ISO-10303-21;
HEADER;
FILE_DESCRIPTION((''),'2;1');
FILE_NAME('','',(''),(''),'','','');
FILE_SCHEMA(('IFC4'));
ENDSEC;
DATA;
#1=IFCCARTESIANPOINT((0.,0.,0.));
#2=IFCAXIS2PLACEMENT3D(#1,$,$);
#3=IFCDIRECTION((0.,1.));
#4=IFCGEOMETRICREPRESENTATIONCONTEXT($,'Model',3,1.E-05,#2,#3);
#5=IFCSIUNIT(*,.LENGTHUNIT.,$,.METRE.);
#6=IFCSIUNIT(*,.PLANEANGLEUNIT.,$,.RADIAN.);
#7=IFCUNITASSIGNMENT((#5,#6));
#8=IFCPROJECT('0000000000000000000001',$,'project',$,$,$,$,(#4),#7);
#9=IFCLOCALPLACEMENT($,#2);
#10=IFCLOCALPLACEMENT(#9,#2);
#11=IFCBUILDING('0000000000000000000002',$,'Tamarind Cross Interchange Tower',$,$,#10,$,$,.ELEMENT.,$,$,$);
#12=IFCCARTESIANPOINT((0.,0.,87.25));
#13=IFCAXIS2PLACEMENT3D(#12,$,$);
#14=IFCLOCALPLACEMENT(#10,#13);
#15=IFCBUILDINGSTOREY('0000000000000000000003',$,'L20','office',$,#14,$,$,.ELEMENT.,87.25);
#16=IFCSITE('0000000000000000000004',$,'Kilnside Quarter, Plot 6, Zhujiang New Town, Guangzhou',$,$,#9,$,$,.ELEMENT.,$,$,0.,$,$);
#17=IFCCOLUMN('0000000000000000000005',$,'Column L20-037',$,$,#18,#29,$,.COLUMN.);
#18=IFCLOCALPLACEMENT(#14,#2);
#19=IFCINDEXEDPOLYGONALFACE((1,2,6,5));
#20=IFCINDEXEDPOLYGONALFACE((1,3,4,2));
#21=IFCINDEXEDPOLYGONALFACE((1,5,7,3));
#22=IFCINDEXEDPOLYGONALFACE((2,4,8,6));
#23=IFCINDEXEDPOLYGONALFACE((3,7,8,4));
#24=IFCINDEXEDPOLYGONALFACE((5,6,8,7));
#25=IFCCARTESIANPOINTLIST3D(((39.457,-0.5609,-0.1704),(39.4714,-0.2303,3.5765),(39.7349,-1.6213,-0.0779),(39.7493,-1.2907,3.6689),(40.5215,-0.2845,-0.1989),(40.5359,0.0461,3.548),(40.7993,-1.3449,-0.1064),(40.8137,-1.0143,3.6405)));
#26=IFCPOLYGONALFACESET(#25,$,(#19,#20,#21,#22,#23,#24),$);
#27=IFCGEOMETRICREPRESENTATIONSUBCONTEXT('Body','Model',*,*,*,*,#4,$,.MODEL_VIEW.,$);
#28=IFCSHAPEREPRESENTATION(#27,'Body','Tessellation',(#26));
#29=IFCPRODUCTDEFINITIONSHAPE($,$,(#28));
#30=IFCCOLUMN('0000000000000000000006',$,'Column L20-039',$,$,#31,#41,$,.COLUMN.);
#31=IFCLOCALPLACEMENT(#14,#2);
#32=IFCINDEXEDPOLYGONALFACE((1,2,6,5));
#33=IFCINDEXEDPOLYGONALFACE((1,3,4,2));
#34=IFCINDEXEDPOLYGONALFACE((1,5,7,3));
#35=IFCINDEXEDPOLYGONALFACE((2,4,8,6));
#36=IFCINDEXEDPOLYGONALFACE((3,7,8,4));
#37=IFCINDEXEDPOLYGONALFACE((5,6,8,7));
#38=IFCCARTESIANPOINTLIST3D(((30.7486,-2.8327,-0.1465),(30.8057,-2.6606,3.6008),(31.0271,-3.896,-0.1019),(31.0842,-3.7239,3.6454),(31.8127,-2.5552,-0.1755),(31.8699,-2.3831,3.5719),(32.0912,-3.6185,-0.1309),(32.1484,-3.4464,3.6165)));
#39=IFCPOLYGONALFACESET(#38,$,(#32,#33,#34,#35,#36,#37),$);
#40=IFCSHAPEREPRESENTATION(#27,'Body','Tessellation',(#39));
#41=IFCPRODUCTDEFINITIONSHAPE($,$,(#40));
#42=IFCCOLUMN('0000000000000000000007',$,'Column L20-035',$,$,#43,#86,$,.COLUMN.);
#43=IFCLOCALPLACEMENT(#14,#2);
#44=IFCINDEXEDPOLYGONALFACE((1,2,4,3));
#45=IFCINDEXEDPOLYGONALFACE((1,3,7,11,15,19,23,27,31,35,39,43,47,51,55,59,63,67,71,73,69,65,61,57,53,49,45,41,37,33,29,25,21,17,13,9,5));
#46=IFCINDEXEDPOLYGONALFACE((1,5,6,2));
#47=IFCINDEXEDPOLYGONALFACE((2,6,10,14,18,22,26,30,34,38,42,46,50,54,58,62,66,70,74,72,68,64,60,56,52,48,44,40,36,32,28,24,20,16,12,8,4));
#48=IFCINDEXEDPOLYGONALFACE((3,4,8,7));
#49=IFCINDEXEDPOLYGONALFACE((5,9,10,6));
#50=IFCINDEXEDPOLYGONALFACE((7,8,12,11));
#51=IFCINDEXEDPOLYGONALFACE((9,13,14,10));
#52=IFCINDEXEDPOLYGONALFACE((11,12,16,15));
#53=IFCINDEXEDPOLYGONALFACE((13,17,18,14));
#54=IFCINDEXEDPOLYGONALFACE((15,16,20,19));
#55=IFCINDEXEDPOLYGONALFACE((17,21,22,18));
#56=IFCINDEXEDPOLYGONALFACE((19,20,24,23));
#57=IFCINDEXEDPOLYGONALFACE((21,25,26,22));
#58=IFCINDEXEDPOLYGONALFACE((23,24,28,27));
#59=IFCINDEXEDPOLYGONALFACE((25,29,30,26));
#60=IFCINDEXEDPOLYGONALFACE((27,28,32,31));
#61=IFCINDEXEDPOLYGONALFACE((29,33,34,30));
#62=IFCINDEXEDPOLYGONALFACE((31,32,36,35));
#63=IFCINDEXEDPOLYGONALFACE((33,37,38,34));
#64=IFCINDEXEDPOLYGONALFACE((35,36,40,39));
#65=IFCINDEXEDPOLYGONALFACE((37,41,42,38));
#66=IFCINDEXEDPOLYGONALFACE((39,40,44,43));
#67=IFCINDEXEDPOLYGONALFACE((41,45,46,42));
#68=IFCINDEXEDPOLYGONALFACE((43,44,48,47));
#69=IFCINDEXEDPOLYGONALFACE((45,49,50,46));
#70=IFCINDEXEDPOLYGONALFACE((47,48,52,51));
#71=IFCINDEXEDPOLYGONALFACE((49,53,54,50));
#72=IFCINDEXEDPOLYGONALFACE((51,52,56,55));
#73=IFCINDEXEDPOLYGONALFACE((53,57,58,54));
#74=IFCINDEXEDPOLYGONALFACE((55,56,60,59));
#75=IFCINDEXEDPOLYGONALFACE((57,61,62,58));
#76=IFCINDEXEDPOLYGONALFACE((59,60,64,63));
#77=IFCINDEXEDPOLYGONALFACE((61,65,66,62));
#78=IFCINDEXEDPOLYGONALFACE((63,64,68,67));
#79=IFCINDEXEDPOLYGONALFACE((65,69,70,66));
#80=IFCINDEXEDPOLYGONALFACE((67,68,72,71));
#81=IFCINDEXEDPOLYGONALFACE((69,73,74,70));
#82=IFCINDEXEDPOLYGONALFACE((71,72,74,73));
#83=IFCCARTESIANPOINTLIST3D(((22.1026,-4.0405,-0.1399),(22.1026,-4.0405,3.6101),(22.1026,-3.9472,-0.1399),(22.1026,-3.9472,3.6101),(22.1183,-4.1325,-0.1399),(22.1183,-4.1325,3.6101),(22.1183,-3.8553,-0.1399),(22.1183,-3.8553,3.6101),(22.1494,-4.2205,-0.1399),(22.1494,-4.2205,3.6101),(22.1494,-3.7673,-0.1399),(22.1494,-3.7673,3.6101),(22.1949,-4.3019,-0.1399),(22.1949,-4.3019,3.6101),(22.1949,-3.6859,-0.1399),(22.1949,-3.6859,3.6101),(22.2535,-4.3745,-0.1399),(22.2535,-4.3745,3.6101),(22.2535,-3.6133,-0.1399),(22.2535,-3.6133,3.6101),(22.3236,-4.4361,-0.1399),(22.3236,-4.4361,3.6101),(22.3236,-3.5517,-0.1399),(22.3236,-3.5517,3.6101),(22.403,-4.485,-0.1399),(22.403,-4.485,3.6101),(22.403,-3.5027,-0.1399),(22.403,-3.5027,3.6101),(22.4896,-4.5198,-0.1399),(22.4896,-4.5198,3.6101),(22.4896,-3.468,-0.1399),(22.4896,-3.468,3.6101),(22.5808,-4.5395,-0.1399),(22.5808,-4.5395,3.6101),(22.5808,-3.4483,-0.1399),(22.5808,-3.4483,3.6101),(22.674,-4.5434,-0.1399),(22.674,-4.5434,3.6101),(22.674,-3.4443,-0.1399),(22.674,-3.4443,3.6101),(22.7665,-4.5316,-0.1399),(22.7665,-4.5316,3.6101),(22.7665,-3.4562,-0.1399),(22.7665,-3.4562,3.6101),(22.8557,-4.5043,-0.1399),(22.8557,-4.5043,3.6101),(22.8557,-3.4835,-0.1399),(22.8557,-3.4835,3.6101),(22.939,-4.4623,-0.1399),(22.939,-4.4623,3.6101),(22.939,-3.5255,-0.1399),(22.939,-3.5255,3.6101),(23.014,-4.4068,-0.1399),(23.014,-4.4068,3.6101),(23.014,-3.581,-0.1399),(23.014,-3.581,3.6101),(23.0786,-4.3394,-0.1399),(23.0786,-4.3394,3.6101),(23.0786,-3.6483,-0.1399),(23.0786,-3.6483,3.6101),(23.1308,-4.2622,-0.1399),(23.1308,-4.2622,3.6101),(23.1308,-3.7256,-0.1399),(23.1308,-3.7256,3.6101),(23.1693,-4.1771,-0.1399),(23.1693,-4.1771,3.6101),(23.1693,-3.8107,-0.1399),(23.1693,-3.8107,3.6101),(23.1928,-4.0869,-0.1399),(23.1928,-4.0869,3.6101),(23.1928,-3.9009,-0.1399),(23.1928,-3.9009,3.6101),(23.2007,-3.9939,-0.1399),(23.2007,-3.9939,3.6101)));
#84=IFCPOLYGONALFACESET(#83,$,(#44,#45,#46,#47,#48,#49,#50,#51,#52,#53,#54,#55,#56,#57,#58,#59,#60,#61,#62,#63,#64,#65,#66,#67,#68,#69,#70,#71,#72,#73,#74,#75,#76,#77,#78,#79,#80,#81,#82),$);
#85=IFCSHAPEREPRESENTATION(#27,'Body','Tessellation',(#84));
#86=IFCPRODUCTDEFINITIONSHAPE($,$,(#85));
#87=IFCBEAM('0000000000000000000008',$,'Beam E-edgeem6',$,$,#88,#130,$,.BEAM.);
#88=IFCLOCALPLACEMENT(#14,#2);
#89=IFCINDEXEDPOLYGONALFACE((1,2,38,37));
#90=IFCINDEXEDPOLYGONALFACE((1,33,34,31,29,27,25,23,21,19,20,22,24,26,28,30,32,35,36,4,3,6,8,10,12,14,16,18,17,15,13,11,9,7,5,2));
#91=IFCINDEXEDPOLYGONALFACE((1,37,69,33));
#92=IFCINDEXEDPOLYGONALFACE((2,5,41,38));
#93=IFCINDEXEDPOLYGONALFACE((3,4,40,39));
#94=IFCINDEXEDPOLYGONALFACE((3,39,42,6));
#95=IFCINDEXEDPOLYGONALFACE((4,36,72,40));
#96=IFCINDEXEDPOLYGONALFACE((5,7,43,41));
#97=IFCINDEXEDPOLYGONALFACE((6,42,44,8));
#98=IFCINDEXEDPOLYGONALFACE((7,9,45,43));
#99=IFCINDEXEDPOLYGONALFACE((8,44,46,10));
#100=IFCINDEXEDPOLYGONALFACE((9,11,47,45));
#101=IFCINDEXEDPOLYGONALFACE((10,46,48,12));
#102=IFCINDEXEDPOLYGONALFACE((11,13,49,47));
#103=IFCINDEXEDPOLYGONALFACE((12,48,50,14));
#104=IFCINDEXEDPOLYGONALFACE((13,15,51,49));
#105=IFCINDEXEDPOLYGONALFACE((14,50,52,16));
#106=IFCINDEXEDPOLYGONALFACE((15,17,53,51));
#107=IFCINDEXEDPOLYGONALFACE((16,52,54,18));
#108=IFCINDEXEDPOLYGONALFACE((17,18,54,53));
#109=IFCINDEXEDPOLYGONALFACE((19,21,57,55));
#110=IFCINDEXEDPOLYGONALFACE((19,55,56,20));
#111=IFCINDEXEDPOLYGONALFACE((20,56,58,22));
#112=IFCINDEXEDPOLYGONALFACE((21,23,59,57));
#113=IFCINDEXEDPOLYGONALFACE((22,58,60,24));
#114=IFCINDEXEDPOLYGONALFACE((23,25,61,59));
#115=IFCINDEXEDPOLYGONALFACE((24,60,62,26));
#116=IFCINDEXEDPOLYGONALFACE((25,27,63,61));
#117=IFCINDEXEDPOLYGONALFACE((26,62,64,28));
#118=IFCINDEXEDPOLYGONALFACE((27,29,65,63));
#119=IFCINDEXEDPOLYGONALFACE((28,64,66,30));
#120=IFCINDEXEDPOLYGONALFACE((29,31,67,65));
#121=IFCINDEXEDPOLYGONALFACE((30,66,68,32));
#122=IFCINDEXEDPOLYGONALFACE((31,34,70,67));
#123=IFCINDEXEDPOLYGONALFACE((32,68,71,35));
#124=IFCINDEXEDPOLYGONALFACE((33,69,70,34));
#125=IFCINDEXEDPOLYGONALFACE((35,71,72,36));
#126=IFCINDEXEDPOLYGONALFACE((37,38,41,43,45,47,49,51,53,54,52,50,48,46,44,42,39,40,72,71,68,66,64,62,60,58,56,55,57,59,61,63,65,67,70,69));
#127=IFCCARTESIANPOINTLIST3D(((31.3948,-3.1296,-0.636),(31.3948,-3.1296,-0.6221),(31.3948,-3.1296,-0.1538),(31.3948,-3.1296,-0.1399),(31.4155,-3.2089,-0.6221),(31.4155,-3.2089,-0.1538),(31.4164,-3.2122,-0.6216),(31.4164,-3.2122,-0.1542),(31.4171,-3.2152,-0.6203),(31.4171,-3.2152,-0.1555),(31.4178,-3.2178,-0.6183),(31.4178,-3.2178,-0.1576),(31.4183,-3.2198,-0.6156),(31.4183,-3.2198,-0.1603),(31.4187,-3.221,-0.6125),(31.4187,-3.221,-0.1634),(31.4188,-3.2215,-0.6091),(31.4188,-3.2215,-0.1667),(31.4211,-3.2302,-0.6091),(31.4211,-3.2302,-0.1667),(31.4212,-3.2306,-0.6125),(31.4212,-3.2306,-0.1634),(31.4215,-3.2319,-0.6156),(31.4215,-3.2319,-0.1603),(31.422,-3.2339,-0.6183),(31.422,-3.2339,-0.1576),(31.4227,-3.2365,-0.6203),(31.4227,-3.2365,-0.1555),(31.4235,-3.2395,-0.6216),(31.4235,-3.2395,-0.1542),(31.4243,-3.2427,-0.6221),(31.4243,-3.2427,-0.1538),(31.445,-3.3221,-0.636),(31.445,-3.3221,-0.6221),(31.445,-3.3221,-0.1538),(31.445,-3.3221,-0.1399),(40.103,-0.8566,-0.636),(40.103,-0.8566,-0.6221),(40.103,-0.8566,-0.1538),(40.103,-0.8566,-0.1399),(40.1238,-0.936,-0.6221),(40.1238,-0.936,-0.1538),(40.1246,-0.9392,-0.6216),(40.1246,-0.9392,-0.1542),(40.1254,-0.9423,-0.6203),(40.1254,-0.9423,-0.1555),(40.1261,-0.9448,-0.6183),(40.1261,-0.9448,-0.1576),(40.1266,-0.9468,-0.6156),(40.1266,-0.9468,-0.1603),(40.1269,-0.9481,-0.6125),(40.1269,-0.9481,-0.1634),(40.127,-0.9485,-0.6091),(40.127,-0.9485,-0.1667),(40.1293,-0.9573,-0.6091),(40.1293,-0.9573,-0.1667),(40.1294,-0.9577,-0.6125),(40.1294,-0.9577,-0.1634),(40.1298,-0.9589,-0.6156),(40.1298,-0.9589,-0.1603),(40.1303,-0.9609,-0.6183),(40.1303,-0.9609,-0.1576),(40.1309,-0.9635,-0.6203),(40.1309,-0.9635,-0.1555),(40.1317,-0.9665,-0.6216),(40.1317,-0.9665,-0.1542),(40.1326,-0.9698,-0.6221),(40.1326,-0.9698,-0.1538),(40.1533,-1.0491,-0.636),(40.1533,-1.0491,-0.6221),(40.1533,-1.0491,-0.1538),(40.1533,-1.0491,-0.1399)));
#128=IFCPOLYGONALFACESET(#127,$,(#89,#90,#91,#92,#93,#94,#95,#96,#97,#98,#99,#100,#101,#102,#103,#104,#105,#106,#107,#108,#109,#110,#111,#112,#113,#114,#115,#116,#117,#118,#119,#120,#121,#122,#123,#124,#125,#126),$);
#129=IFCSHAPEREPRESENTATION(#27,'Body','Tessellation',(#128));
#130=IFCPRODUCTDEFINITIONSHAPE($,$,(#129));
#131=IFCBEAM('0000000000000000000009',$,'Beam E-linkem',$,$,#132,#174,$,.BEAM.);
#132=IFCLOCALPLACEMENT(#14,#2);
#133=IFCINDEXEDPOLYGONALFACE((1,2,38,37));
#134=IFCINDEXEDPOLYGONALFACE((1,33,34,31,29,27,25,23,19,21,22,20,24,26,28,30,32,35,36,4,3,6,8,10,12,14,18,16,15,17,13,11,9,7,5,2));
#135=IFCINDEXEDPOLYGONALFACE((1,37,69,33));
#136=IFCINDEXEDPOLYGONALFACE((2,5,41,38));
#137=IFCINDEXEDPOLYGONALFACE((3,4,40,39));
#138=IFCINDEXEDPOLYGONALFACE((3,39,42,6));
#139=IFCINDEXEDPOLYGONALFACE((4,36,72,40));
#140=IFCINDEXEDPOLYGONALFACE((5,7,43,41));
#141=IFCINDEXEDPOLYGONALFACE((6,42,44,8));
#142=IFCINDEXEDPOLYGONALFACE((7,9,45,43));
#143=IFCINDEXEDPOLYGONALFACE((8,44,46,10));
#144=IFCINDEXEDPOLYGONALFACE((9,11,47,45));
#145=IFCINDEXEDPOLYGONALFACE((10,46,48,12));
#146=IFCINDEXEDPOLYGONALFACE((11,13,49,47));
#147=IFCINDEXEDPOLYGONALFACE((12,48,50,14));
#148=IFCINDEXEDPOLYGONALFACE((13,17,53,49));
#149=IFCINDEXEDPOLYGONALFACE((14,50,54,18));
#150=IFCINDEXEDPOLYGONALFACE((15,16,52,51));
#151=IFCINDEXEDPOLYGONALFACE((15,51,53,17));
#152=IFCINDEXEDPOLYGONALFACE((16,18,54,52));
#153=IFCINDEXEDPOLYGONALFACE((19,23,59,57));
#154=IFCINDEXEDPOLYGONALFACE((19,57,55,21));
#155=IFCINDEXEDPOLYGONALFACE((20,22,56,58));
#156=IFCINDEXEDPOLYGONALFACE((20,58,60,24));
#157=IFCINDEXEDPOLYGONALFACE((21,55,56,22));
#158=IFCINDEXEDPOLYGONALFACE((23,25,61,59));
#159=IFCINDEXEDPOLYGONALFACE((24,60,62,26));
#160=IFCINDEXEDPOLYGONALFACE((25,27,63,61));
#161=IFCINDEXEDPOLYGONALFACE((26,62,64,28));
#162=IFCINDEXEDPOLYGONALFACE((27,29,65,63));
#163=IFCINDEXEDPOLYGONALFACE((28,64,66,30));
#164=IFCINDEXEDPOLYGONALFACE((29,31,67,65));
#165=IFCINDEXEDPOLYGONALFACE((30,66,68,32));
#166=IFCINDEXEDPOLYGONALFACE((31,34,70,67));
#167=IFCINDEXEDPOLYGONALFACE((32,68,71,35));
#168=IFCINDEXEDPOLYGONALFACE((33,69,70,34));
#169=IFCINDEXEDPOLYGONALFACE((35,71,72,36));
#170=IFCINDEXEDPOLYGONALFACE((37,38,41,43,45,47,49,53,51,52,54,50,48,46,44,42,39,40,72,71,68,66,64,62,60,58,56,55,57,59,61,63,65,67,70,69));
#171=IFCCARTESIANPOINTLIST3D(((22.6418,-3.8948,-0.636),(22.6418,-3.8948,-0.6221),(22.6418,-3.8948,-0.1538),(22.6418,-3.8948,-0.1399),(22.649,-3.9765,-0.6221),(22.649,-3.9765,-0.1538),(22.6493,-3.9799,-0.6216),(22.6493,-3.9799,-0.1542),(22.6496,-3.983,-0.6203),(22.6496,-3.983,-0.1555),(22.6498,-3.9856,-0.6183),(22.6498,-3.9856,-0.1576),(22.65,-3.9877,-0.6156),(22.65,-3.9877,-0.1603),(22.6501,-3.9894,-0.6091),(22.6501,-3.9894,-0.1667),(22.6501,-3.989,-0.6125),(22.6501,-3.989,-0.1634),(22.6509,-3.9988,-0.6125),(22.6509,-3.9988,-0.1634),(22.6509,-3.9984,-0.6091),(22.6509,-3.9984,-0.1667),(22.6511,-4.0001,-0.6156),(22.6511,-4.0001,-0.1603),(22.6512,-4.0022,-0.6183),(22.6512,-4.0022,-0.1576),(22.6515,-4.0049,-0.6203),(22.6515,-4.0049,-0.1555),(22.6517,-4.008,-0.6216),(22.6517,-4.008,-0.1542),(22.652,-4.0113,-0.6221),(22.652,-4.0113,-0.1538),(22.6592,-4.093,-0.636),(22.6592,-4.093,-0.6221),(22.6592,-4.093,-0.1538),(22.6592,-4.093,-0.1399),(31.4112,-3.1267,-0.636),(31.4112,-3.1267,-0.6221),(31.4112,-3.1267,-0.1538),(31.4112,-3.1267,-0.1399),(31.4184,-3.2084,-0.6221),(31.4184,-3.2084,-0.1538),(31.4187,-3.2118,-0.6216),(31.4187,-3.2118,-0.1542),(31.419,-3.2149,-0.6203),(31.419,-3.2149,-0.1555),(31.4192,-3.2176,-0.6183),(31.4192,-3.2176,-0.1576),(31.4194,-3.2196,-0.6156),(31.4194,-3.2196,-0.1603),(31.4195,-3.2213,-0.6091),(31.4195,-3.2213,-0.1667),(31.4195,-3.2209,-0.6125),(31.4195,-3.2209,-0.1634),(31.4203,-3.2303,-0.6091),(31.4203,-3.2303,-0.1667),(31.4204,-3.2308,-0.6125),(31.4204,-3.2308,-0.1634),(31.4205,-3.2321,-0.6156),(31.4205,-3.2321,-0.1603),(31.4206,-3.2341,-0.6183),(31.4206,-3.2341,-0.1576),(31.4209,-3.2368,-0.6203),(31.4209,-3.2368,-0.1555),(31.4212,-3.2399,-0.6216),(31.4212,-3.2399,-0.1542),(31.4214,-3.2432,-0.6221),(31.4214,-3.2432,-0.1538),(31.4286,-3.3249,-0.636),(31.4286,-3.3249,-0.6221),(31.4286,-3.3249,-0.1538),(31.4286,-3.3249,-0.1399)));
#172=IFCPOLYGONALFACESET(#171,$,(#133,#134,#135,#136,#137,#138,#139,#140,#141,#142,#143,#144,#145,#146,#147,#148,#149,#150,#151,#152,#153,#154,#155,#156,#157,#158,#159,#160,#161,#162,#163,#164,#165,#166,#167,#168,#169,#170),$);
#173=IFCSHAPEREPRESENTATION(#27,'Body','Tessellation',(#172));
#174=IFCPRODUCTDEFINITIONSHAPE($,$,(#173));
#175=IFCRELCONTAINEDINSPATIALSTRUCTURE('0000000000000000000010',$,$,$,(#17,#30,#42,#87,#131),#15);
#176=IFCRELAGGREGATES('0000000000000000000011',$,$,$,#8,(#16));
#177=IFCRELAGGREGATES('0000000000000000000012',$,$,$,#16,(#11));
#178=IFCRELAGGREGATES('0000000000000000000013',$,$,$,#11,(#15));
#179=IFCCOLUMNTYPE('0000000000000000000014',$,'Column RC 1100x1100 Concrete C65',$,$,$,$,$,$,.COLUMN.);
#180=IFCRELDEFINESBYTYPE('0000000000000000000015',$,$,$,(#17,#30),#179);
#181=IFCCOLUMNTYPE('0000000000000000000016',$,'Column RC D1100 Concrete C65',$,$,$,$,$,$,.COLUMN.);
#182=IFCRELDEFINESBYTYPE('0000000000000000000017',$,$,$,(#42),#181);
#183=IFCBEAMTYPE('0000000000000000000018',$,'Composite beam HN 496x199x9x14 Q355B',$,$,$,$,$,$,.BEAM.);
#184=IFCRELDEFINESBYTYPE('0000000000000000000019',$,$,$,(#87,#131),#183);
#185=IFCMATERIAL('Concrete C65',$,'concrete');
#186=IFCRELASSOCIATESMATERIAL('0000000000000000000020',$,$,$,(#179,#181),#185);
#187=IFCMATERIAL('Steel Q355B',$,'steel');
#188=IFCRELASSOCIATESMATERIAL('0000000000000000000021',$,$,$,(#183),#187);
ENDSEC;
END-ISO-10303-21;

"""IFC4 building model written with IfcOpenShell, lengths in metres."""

from ifc_helpers import new_model, si_unit, direction, frame, origin, origin_2d, place, context, subcontext, project, spatial, rectangle, circle, i_section, extrude, material, material_profile, profile_set, type_object, element, save


model = new_model("IFC4")

# Units and contexts
model_context = context("Model", 3, precision=1e-05, world=origin(), true_north=direction((0.0, 1.0)))
body_context = subcontext(model_context, "Body", "Model", "MODEL_VIEW")
ifc_project = project(units=[si_unit("LENGTHUNIT", "METRE"), si_unit("PLANEANGLEUNIT", "RADIAN")], contexts=[model_context])

# Site, building, storey
site_placement = place(None, origin())
site = spatial("IfcSite", under=ifc_project, at=site_placement, Name="Kilnside Quarter, Plot 6, Zhujiang New Town, Guangzhou", CompositionType="ELEMENT", RefElevation=0.0)
building_placement = place(site_placement, origin())
building = spatial("IfcBuilding", under=site, at=building_placement, Name="Tamarind Cross Interchange Tower", CompositionType="ELEMENT")
storey_placement = place(building_placement, frame((0.0, 0.0, 87.25)))
storey = spatial("IfcBuildingStorey", under=building, at=storey_placement, Name="L20", Description="office", CompositionType="ELEMENT", Elevation=87.25)

# Columns
ifc_material_1 = material(Name="Concrete C65", Category="concrete")
ifc_material_profile_1 = material_profile(ifc_material_1, rectangle(XDim=1.1001, YDim=1.1001, at=origin_2d()), Name="RC 1100x1100")
ifc_profile_set_1 = profile_set([ifc_material_profile_1], Name="Concrete C65")
column_type_1 = type_object("IfcColumnType", Name="Column RC 1100x1100 Concrete C65", PredefinedType="COLUMN", material=ifc_profile_set_1)
column_1_placement = place(storey_placement, frame((40.1282, -0.9529, -0.1384), z_axis=(0.003829, 0.087884, 0.996123), x_axis=(-0.967576, -0.25125, 0.025886)))
element("IfcColumn", 1, at=column_1_placement, inside=storey, type_object=column_type_1, Name="Column L20-037", PredefinedType="COLUMN", context=body_context, shape_type="SweptSolid", body=[
    extrude(rectangle(XDim=1.1001, YDim=1.1001, at=origin_2d()), origin(), (0.0, 0.0, 1.0), 3.7615),
])
column_2_placement = place(storey_placement, frame((31.4199, -3.2256, -0.1387), z_axis=(0.015227, 0.045878, 0.998831), x_axis=(-0.967305, -0.252247, 0.026333)))
element("IfcColumn", 2, at=column_2_placement, inside=storey, type_object=column_type_1, Name="Column L20-039", PredefinedType="COLUMN", context=body_context, shape_type="SweptSolid", body=[
    extrude(rectangle(XDim=1.1001, YDim=1.1001, at=origin_2d()), origin(), (0.0, 0.0, 1.0), 3.7517),
])
ifc_material_profile_2 = material_profile(ifc_material_1, circle(Radius=0.55, at=origin_2d()), Name="RC D1100")
ifc_profile_set_2 = profile_set([ifc_material_profile_2], Name="Concrete C65")
column_type_2 = type_object("IfcColumnType", Name="Column RC D1100 Concrete C65", PredefinedType="COLUMN", material=ifc_profile_set_2)
column_3_placement = place(storey_placement, frame((22.6506, -3.9939, -0.1399), z_axis=(0.0, 0.0, 1.0), x_axis=(1.0, 0.0, 0.0)))
element("IfcColumn", 3, at=column_3_placement, inside=storey, type_object=column_type_2, Name="Column L20-035", PredefinedType="COLUMN", context=body_context, shape_type="SweptSolid", body=[
    extrude(circle(Radius=0.55, at=origin_2d()), origin(), (0.0, 0.0, 1.0), 3.75),
])

# Beams
ifc_material_2 = material(Name="Steel Q355B", Category="steel")
ifc_material_profile_3 = material_profile(ifc_material_2, i_section(OverallWidth=0.199, OverallDepth=0.4961, WebThickness=0.009, FlangeThickness=0.0139, FilletRadius=0.0129, at=origin_2d()), Name="HN 496x199x9x14")
ifc_profile_set_3 = profile_set([ifc_material_profile_3], Name="Steel Q355B")
beam_type_1 = type_object("IfcBeamType", Name="Composite beam HN 496x199x9x14 Q355B", PredefinedType="BEAM", material=ifc_profile_set_3)
beam_1_placement = place(storey_placement, frame((40.1282, -0.9529, -0.3879), z_axis=(-0.967584, -0.25255, 0.0), x_axis=(0.25255, -0.967584, 0.0)))
element("IfcBeam", 4, at=beam_1_placement, inside=storey, type_object=beam_type_1, Name="Beam E-edgeem6", PredefinedType="BEAM", context=body_context, shape_type="SweptSolid", body=[
    extrude(i_section(OverallWidth=0.199, OverallDepth=0.4961, WebThickness=0.009, FlangeThickness=0.0139, FilletRadius=0.0129, at=origin_2d()), origin(), (0.0, 0.0, 1.0), 9.0),
])
beam_2_placement = place(storey_placement, frame((31.4199, -3.2258, -0.3879), z_axis=(-0.996186, -0.087252, 0.0), x_axis=(0.087252, -0.996186, 0.0)))
element("IfcBeam", 5, at=beam_2_placement, inside=storey, type_object=beam_type_1, Name="Beam E-linkem", PredefinedType="BEAM", context=body_context, shape_type="SweptSolid", body=[
    extrude(i_section(OverallWidth=0.199, OverallDepth=0.4961, WebThickness=0.009, FlangeThickness=0.0139, FilletRadius=0.0129, at=origin_2d()), origin(), (0.0, 0.0, 1.0), 8.803),
])

save(model, "model.ifc")
